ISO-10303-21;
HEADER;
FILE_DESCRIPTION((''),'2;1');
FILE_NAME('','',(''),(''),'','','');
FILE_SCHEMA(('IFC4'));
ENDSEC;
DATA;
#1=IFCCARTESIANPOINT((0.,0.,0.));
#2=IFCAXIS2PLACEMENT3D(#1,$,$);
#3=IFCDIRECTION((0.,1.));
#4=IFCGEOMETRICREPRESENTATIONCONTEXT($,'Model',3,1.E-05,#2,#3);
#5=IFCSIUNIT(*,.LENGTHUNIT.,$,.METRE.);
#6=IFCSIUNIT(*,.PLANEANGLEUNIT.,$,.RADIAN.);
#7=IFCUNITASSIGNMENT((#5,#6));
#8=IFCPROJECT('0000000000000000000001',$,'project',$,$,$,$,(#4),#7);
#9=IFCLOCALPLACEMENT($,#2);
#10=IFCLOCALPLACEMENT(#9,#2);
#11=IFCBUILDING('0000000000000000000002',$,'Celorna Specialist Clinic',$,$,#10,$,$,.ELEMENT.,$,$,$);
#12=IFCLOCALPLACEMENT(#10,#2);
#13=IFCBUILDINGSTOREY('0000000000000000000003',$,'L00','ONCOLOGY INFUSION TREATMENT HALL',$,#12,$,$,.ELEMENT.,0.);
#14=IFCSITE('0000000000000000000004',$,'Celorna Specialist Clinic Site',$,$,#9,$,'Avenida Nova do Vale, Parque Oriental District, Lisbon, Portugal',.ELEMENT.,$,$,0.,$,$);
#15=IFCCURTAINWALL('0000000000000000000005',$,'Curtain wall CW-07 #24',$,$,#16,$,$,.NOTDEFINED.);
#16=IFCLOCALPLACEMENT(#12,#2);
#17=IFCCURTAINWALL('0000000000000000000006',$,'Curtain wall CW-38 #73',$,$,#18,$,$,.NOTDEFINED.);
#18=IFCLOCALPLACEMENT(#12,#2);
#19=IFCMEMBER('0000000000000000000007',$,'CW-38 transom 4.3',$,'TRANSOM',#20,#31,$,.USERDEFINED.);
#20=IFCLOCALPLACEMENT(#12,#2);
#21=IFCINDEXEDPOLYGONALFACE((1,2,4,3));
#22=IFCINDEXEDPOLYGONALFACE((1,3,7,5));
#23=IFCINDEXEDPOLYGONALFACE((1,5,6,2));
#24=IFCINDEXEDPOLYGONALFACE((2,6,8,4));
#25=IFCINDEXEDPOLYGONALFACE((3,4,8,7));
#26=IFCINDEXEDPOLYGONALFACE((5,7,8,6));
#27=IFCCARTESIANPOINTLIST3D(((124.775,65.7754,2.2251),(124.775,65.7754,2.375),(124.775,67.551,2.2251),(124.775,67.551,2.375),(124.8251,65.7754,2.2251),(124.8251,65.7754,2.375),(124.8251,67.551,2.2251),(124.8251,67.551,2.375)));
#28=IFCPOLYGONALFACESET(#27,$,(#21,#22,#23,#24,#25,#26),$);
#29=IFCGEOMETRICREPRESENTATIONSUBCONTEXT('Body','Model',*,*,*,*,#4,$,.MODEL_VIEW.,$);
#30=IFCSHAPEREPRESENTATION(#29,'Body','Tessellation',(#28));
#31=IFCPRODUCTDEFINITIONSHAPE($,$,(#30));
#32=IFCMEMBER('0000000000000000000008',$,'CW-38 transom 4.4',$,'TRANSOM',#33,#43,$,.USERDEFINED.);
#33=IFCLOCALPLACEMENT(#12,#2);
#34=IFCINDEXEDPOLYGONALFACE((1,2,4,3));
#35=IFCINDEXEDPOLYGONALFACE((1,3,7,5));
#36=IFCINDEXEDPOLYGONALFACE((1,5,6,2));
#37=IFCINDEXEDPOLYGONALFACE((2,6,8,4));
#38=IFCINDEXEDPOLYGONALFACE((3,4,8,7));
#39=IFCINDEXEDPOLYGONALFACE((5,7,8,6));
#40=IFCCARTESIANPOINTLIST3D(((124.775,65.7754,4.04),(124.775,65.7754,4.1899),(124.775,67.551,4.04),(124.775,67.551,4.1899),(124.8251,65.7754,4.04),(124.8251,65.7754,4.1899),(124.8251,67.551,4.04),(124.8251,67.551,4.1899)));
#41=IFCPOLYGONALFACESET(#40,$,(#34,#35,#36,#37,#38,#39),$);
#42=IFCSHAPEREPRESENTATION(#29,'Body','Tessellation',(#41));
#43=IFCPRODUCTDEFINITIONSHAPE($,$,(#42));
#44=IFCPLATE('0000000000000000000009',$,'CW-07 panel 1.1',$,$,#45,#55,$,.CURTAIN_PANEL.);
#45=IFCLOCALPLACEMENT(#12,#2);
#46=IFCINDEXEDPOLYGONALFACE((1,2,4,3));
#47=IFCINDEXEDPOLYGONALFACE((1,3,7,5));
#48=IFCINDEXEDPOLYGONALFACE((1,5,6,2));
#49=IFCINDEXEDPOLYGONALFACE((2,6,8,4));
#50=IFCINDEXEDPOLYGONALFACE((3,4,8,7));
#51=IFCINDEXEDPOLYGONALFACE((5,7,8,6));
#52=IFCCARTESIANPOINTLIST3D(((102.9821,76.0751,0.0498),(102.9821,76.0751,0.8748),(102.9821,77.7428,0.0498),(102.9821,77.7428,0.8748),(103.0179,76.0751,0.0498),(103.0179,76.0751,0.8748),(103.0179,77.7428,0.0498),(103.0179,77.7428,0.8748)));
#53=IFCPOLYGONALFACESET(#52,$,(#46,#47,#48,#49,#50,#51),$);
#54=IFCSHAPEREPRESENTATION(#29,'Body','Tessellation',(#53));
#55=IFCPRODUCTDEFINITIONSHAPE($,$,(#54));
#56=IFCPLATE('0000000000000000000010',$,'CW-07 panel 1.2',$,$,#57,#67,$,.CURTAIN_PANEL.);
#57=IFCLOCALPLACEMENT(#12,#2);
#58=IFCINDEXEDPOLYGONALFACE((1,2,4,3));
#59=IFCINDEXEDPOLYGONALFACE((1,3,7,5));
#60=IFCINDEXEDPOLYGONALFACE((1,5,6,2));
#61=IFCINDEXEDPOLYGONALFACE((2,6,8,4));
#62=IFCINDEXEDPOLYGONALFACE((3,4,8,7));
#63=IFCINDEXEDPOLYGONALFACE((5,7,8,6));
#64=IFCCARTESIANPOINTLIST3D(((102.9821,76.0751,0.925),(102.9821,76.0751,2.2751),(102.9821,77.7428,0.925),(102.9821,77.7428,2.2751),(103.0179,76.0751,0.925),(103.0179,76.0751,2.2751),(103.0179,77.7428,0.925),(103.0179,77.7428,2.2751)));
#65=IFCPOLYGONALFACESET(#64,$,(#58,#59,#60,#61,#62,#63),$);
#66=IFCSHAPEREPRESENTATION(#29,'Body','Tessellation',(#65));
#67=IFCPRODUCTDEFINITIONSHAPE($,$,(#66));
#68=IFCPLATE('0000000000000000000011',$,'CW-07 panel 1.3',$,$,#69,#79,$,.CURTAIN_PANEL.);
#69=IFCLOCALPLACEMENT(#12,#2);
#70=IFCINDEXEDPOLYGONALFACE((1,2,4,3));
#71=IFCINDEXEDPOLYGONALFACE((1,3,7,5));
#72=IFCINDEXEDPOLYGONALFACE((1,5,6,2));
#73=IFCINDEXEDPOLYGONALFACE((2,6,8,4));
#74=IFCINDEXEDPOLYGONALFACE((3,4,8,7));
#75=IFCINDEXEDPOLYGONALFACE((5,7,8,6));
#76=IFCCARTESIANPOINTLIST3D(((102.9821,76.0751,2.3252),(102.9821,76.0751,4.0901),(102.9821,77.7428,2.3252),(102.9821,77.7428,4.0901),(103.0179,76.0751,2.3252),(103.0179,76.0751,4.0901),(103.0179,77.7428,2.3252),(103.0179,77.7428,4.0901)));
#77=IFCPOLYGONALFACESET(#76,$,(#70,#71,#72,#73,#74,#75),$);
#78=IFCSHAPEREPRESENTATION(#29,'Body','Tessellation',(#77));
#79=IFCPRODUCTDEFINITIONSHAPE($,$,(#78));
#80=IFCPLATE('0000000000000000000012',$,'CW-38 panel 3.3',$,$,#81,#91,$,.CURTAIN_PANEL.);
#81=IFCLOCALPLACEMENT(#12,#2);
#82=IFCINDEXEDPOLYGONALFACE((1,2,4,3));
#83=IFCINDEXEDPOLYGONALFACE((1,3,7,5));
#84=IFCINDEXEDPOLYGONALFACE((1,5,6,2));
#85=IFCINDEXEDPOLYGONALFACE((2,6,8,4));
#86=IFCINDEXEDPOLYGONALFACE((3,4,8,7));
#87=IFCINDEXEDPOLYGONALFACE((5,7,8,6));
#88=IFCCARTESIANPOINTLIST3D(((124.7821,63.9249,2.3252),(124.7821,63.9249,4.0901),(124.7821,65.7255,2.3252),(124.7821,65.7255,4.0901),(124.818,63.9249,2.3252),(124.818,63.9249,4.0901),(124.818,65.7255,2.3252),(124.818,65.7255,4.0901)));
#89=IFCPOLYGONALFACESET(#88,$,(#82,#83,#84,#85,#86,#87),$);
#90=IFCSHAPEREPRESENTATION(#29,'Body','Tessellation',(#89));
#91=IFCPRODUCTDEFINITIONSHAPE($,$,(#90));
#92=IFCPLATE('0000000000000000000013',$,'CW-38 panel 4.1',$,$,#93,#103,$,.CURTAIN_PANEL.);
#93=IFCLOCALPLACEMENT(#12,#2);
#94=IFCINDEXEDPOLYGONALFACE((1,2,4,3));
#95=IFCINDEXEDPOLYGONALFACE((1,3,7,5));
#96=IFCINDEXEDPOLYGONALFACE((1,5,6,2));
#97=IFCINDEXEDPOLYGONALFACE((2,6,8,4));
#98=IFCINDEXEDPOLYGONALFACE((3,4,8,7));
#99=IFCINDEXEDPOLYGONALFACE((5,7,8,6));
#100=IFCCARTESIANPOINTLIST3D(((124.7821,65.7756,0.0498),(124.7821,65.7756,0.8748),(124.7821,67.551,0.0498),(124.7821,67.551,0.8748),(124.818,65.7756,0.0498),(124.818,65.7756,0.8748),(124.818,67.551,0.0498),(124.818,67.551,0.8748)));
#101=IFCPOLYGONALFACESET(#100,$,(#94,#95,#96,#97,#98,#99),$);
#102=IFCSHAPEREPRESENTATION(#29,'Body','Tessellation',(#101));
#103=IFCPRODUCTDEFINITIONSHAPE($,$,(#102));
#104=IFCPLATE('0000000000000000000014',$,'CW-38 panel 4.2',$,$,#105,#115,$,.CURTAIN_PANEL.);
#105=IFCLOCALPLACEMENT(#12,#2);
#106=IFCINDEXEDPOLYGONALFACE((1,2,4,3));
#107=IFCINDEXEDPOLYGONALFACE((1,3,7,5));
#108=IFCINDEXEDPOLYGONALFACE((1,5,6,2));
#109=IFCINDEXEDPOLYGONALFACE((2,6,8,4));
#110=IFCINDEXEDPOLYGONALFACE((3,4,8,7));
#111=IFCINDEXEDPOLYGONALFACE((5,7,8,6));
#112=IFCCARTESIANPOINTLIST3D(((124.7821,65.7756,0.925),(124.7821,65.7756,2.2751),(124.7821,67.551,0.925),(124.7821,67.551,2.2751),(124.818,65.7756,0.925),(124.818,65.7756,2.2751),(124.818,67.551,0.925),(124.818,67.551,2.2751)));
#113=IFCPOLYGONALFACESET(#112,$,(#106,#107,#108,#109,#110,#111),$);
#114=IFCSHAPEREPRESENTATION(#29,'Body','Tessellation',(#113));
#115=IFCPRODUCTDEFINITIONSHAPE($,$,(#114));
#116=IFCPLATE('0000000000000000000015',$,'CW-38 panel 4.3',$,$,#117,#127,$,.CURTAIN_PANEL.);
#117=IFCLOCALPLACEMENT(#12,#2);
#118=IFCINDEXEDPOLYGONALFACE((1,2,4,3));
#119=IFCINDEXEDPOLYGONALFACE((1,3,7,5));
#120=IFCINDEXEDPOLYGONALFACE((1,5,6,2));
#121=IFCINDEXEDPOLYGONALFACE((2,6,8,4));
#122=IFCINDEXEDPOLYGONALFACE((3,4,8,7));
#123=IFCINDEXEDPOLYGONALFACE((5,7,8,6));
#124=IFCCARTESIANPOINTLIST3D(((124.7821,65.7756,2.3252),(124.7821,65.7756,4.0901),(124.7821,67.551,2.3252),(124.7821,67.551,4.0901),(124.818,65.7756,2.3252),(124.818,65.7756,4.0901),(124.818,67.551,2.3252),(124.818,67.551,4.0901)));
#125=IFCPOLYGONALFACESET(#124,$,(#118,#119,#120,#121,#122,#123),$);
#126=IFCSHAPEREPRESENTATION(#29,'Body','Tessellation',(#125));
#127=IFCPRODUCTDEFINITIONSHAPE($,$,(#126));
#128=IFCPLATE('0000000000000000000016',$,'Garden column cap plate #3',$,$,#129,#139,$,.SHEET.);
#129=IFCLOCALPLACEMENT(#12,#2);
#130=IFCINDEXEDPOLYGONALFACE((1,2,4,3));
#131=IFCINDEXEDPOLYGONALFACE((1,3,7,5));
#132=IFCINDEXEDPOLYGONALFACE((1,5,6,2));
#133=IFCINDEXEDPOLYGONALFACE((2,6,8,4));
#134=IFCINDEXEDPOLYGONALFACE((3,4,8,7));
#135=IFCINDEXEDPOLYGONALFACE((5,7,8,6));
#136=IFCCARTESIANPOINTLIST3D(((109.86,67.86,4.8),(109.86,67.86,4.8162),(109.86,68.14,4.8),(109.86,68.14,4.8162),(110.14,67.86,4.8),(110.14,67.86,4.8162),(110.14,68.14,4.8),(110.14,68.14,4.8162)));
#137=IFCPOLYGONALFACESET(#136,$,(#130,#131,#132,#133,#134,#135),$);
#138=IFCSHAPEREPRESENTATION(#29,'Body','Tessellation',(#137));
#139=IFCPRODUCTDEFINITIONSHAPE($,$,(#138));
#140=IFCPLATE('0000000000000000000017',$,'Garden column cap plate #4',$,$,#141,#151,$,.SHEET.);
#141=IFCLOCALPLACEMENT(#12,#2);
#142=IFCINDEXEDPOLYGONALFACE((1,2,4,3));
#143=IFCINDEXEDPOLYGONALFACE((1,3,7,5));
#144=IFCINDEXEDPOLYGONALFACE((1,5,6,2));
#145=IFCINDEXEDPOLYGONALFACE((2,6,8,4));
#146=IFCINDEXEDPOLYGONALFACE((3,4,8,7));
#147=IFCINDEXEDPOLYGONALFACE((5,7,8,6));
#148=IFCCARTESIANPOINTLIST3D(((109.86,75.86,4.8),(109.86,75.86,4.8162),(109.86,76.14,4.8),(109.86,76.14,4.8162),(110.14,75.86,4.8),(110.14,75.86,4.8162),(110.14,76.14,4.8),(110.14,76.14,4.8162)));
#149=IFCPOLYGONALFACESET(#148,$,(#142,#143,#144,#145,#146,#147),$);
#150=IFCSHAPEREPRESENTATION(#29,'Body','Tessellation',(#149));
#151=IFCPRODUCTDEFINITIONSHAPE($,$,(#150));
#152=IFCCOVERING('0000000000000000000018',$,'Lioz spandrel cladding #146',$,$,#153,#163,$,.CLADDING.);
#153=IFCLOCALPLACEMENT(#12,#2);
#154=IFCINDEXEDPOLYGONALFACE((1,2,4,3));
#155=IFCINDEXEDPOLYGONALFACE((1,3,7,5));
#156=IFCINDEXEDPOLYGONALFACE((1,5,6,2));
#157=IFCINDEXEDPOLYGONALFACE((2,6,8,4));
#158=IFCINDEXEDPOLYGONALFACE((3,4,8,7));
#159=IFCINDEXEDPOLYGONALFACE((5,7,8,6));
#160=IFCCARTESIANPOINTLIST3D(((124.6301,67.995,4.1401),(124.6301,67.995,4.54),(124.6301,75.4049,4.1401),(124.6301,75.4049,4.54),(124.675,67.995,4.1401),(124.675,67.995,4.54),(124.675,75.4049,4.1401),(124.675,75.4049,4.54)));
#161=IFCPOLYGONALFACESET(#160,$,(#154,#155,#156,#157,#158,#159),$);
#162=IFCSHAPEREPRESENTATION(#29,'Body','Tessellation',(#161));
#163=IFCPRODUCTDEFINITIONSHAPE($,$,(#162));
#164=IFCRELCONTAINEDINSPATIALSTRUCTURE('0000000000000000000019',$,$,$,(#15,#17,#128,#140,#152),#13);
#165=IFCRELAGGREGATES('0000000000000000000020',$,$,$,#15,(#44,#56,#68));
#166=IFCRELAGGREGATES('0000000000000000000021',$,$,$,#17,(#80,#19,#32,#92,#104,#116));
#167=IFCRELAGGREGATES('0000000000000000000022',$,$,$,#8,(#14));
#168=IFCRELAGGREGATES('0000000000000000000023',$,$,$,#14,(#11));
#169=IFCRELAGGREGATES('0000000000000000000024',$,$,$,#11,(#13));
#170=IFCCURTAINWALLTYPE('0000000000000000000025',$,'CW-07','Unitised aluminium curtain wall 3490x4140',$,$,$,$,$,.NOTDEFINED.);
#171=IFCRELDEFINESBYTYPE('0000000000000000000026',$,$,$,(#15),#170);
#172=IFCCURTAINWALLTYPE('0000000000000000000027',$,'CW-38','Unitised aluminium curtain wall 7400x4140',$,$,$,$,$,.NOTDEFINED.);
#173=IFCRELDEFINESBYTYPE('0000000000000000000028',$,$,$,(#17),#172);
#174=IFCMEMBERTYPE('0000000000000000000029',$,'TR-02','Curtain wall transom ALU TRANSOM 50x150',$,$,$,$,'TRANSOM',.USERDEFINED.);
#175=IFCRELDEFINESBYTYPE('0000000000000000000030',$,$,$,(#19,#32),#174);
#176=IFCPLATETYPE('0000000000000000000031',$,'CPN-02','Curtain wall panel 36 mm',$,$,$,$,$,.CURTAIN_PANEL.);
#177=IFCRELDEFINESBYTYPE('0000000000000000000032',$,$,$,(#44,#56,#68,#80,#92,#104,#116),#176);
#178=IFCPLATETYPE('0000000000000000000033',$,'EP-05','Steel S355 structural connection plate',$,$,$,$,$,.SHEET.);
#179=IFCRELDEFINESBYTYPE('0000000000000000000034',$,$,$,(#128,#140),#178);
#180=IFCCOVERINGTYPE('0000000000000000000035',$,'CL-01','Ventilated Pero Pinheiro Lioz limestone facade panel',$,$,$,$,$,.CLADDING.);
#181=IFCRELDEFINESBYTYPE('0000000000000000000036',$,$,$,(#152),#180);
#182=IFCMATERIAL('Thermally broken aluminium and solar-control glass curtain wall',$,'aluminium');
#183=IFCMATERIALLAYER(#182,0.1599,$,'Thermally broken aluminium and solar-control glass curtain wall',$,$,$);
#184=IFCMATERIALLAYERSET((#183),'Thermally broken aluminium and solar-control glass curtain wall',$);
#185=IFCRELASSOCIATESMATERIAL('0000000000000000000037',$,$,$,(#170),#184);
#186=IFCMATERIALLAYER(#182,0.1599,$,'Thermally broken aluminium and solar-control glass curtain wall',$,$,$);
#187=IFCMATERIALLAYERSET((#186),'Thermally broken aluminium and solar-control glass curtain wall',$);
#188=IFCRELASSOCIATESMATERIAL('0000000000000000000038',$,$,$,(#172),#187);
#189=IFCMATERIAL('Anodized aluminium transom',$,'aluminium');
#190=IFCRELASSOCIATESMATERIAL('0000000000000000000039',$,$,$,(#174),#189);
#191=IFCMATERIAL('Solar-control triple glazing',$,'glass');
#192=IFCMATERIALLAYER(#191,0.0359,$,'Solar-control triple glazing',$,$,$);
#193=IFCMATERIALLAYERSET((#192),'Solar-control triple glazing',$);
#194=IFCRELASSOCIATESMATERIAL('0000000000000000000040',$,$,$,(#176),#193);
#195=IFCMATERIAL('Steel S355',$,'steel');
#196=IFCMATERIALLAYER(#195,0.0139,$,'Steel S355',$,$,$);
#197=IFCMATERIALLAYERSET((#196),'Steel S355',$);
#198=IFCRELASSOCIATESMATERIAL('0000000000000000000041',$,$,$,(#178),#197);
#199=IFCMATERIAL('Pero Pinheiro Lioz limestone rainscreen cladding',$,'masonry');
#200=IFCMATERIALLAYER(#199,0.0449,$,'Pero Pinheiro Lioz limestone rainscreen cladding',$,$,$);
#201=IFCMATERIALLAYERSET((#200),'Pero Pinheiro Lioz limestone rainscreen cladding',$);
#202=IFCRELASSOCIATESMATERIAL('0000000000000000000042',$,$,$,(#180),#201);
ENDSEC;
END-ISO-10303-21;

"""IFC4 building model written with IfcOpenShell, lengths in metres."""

from ifc_helpers import new_model, si_unit, direction, frame, origin, origin_2d, place, context, subcontext, project, spatial, rectangle, extrude, material, layer, layer_set, material_profile, profile_set, type_object, element, aggregate, save


model = new_model("IFC4")

# Units and contexts
model_context = context("Model", 3, precision=1e-05, world=origin(), true_north=direction((0.0, 1.0)))
body_context = subcontext(model_context, "Body", "Model", "MODEL_VIEW")
ifc_project = project(units=[si_unit("LENGTHUNIT", "METRE"), si_unit("PLANEANGLEUNIT", "RADIAN")], contexts=[model_context])

# Site, building, storey
site_placement = place(None, origin())
site = spatial("IfcSite", under=ifc_project, at=site_placement, Name="Celorna Specialist Clinic Site", LongName="Avenida Nova do Vale, Parque Oriental District, Lisbon, Portugal", CompositionType="ELEMENT", RefElevation=0.0)
building_placement = place(site_placement, origin())
building = spatial("IfcBuilding", under=site, at=building_placement, Name="Celorna Specialist Clinic", CompositionType="ELEMENT")
storey_placement = place(building_placement, origin())
storey = spatial("IfcBuildingStorey", under=building, at=storey_placement, Name="L00", Description="ONCOLOGY INFUSION TREATMENT HALL", CompositionType="ELEMENT", Elevation=0.0)

# Shared definitions
ifc_material_1 = material(Name="Steel S355", Category="steel")

# Curtain walls
ifc_material_2 = material(Name="Thermally broken aluminium and solar-control glass curtain wall", Category="aluminium")
ifc_layer_1 = layer(ifc_material_2, 0.1599, Name="Thermally broken aluminium and solar-control glass curtain wall")
ifc_layer_set_1 = layer_set([ifc_layer_1], Name="Thermally broken aluminium and solar-control glass curtain wall")
curtain_wall_type_1 = type_object("IfcCurtainWallType", Name="CW-07", Description="Unitised aluminium curtain wall 3490x4140", PredefinedType="NOTDEFINED", material=ifc_layer_set_1)
curtain_wall_1_placement = place(storey_placement, origin())
curtain_wall_1 = element("IfcCurtainWall", 1, at=curtain_wall_1_placement, inside=storey, type_object=curtain_wall_type_1, Name="Curtain wall CW-07 #24", PredefinedType="NOTDEFINED")
ifc_layer_2 = layer(ifc_material_2, 0.1599, Name="Thermally broken aluminium and solar-control glass curtain wall")
ifc_layer_set_2 = layer_set([ifc_layer_2], Name="Thermally broken aluminium and solar-control glass curtain wall")
curtain_wall_type_2 = type_object("IfcCurtainWallType", Name="CW-38", Description="Unitised aluminium curtain wall 7400x4140", PredefinedType="NOTDEFINED", material=ifc_layer_set_2)
curtain_wall_2_placement = place(storey_placement, origin())
curtain_wall_2 = element("IfcCurtainWall", 2, at=curtain_wall_2_placement, inside=storey, type_object=curtain_wall_type_2, Name="Curtain wall CW-38 #73", PredefinedType="NOTDEFINED")

# Members
ifc_material_3 = material(Name="Anodized aluminium transom", Category="aluminium")
ifc_material_profile_1 = material_profile(ifc_material_3, rectangle(XDim=0.05, YDim=0.1499, at=origin_2d()), Name="ALU TRANSOM 50x150")
ifc_profile_set_1 = profile_set([ifc_material_profile_1], Name="Anodized aluminium transom")
member_type_1 = type_object("IfcMemberType", Name="TR-02", Description="Curtain wall transom ALU TRANSOM 50x150", ElementType="TRANSOM", PredefinedType="USERDEFINED", material=ifc_profile_set_1)
member_1_placement = place(storey_placement, frame((124.8, 65.7754, 2.3), z_axis=(0.0, 1.0, 0.0), x_axis=(-1.0, 0.0, 0.0)))
member_1 = element("IfcMember", 3, at=member_1_placement, type_object=member_type_1, Name="CW-38 transom 4.3", ObjectType="TRANSOM", PredefinedType="USERDEFINED", context=body_context, shape_type="SweptSolid", body=[
    extrude(rectangle(XDim=0.05, YDim=0.1499, at=origin_2d()), origin(), (0.0, 0.0, 1.0), 1.7756),
])
member_2_placement = place(storey_placement, frame((124.8, 65.7754, 4.115), z_axis=(0.0, 1.0, 0.0), x_axis=(-1.0, 0.0, 0.0)))
member_2 = element("IfcMember", 4, at=member_2_placement, type_object=member_type_1, Name="CW-38 transom 4.4", ObjectType="TRANSOM", PredefinedType="USERDEFINED", context=body_context, shape_type="SweptSolid", body=[
    extrude(rectangle(XDim=0.05, YDim=0.1499, at=origin_2d()), origin(), (0.0, 0.0, 1.0), 1.7756),
])

# Plates
ifc_material_4 = material(Name="Solar-control triple glazing", Category="glass")
ifc_layer_3 = layer(ifc_material_4, 0.0359, Name="Solar-control triple glazing")
ifc_layer_set_3 = layer_set([ifc_layer_3], Name="Solar-control triple glazing")
plate_type_1 = type_object("IfcPlateType", Name="CPN-02", Description="Curtain wall panel 36 mm", PredefinedType="CURTAIN_PANEL", material=ifc_layer_set_3)
plate_1_placement = place(storey_placement, frame((103.0, 76.9089, 0.0498), z_axis=(0.0, 0.0, 1.0), x_axis=(0.0, -1.0, 0.0)))
plate_1 = element("IfcPlate", 5, at=plate_1_placement, type_object=plate_type_1, Name="CW-07 panel 1.1", PredefinedType="CURTAIN_PANEL", context=body_context, shape_type="SweptSolid", body=[
    extrude(rectangle(XDim=1.6677, YDim=0.0359, at=origin_2d()), origin(), (0.0, 0.0, 1.0), 0.825),
])
plate_2_placement = place(storey_placement, frame((103.0, 76.9089, 0.925), z_axis=(0.0, 0.0, 1.0), x_axis=(0.0, -1.0, 0.0)))
plate_2 = element("IfcPlate", 6, at=plate_2_placement, type_object=plate_type_1, Name="CW-07 panel 1.2", PredefinedType="CURTAIN_PANEL", context=body_context, shape_type="SweptSolid", body=[
    extrude(rectangle(XDim=1.6677, YDim=0.0359, at=origin_2d()), origin(), (0.0, 0.0, 1.0), 1.3501),
])
plate_3_placement = place(storey_placement, frame((103.0, 76.9089, 2.3252), z_axis=(0.0, 0.0, 1.0), x_axis=(0.0, -1.0, 0.0)))
plate_3 = element("IfcPlate", 7, at=plate_3_placement, type_object=plate_type_1, Name="CW-07 panel 1.3", PredefinedType="CURTAIN_PANEL", context=body_context, shape_type="SweptSolid", body=[
    extrude(rectangle(XDim=1.6677, YDim=0.0359, at=origin_2d()), origin(), (0.0, 0.0, 1.0), 1.7649),
])
aggregate(curtain_wall_1, [plate_1, plate_2, plate_3])
plate_4_placement = place(storey_placement, frame((124.8, 64.8252, 2.3252), z_axis=(0.0, 0.0, 1.0), x_axis=(0.0, 1.0, 0.0)))
plate_4 = element("IfcPlate", 8, at=plate_4_placement, type_object=plate_type_1, Name="CW-38 panel 3.3", PredefinedType="CURTAIN_PANEL", context=body_context, shape_type="SweptSolid", body=[
    extrude(rectangle(XDim=1.8005, YDim=0.0359, at=origin_2d()), origin(), (0.0, 0.0, 1.0), 1.7649),
])
plate_5_placement = place(storey_placement, frame((124.8, 66.6633, 0.0498), z_axis=(0.0, 0.0, 1.0), x_axis=(0.0, 1.0, 0.0)))
plate_5 = element("IfcPlate", 9, at=plate_5_placement, type_object=plate_type_1, Name="CW-38 panel 4.1", PredefinedType="CURTAIN_PANEL", context=body_context, shape_type="SweptSolid", body=[
    extrude(rectangle(XDim=1.7754, YDim=0.0359, at=origin_2d()), origin(), (0.0, 0.0, 1.0), 0.825),
])
plate_6_placement = place(storey_placement, frame((124.8, 66.6633, 0.925), z_axis=(0.0, 0.0, 1.0), x_axis=(0.0, 1.0, 0.0)))
plate_6 = element("IfcPlate", 10, at=plate_6_placement, type_object=plate_type_1, Name="CW-38 panel 4.2", PredefinedType="CURTAIN_PANEL", context=body_context, shape_type="SweptSolid", body=[
    extrude(rectangle(XDim=1.7754, YDim=0.0359, at=origin_2d()), origin(), (0.0, 0.0, 1.0), 1.3501),
])
plate_7_placement = place(storey_placement, frame((124.8, 66.6633, 2.3252), z_axis=(0.0, 0.0, 1.0), x_axis=(0.0, 1.0, 0.0)))
plate_7 = element("IfcPlate", 11, at=plate_7_placement, type_object=plate_type_1, Name="CW-38 panel 4.3", PredefinedType="CURTAIN_PANEL", context=body_context, shape_type="SweptSolid", body=[
    extrude(rectangle(XDim=1.7754, YDim=0.0359, at=origin_2d()), origin(), (0.0, 0.0, 1.0), 1.7649),
])
aggregate(curtain_wall_2, [plate_4, member_1, member_2, plate_5, plate_6, plate_7])

# Plates
ifc_layer_4 = layer(ifc_material_1, 0.0139, Name="Steel S355")
ifc_layer_set_4 = layer_set([ifc_layer_4], Name="Steel S355")
plate_type_2 = type_object("IfcPlateType", Name="EP-05", Description="Steel S355 structural connection plate", PredefinedType="SHEET", material=ifc_layer_set_4)
for number, where, z_axis, x_axis, name in (
    (12, (110.0, 68.0, 4.8), (0.0, 0.0, 1.0), (1.0, 0.0, 0.0), "Garden column cap plate #3"),
    (13, (110.0, 76.0, 4.8), (0.0, 0.0, 1.0), (1.0, 0.0, 0.0), "Garden column cap plate #4"),
):
    element("IfcPlate", number, at=place(storey_placement, frame(where, z_axis=z_axis, x_axis=x_axis)), inside=storey, type_object=plate_type_2, Name=name, PredefinedType="SHEET", context=body_context, shape_type="SweptSolid", body=[
        extrude(rectangle(XDim=0.28, YDim=0.28, at=origin_2d()), origin(), (0.0, 0.0, 1.0), 0.0161),
    ])

# Covering
ifc_material_5 = material(Name="Pero Pinheiro Lioz limestone rainscreen cladding", Category="masonry")
ifc_layer_5 = layer(ifc_material_5, 0.0449, Name="Pero Pinheiro Lioz limestone rainscreen cladding")
ifc_layer_set_5 = layer_set([ifc_layer_5], Name="Pero Pinheiro Lioz limestone rainscreen cladding")
covering_type = type_object("IfcCoveringType", Name="CL-01", Description="Ventilated Pero Pinheiro Lioz limestone facade panel", PredefinedType="CLADDING", material=ifc_layer_set_5)
covering_placement = place(storey_placement, frame((124.6526, 71.7, 4.1401), z_axis=(0.0, 0.0, 1.0), x_axis=(0.0, 1.0, 0.0)))
element("IfcCovering", 14, at=covering_placement, inside=storey, type_object=covering_type, Name="Lioz spandrel cladding #146", PredefinedType="CLADDING", context=body_context, shape_type="SweptSolid", body=[
    extrude(rectangle(XDim=7.4099, YDim=0.0449, at=origin_2d()), origin(), (0.0, 0.0, 1.0), 0.3999),
])

save(model, "model.ifc")
